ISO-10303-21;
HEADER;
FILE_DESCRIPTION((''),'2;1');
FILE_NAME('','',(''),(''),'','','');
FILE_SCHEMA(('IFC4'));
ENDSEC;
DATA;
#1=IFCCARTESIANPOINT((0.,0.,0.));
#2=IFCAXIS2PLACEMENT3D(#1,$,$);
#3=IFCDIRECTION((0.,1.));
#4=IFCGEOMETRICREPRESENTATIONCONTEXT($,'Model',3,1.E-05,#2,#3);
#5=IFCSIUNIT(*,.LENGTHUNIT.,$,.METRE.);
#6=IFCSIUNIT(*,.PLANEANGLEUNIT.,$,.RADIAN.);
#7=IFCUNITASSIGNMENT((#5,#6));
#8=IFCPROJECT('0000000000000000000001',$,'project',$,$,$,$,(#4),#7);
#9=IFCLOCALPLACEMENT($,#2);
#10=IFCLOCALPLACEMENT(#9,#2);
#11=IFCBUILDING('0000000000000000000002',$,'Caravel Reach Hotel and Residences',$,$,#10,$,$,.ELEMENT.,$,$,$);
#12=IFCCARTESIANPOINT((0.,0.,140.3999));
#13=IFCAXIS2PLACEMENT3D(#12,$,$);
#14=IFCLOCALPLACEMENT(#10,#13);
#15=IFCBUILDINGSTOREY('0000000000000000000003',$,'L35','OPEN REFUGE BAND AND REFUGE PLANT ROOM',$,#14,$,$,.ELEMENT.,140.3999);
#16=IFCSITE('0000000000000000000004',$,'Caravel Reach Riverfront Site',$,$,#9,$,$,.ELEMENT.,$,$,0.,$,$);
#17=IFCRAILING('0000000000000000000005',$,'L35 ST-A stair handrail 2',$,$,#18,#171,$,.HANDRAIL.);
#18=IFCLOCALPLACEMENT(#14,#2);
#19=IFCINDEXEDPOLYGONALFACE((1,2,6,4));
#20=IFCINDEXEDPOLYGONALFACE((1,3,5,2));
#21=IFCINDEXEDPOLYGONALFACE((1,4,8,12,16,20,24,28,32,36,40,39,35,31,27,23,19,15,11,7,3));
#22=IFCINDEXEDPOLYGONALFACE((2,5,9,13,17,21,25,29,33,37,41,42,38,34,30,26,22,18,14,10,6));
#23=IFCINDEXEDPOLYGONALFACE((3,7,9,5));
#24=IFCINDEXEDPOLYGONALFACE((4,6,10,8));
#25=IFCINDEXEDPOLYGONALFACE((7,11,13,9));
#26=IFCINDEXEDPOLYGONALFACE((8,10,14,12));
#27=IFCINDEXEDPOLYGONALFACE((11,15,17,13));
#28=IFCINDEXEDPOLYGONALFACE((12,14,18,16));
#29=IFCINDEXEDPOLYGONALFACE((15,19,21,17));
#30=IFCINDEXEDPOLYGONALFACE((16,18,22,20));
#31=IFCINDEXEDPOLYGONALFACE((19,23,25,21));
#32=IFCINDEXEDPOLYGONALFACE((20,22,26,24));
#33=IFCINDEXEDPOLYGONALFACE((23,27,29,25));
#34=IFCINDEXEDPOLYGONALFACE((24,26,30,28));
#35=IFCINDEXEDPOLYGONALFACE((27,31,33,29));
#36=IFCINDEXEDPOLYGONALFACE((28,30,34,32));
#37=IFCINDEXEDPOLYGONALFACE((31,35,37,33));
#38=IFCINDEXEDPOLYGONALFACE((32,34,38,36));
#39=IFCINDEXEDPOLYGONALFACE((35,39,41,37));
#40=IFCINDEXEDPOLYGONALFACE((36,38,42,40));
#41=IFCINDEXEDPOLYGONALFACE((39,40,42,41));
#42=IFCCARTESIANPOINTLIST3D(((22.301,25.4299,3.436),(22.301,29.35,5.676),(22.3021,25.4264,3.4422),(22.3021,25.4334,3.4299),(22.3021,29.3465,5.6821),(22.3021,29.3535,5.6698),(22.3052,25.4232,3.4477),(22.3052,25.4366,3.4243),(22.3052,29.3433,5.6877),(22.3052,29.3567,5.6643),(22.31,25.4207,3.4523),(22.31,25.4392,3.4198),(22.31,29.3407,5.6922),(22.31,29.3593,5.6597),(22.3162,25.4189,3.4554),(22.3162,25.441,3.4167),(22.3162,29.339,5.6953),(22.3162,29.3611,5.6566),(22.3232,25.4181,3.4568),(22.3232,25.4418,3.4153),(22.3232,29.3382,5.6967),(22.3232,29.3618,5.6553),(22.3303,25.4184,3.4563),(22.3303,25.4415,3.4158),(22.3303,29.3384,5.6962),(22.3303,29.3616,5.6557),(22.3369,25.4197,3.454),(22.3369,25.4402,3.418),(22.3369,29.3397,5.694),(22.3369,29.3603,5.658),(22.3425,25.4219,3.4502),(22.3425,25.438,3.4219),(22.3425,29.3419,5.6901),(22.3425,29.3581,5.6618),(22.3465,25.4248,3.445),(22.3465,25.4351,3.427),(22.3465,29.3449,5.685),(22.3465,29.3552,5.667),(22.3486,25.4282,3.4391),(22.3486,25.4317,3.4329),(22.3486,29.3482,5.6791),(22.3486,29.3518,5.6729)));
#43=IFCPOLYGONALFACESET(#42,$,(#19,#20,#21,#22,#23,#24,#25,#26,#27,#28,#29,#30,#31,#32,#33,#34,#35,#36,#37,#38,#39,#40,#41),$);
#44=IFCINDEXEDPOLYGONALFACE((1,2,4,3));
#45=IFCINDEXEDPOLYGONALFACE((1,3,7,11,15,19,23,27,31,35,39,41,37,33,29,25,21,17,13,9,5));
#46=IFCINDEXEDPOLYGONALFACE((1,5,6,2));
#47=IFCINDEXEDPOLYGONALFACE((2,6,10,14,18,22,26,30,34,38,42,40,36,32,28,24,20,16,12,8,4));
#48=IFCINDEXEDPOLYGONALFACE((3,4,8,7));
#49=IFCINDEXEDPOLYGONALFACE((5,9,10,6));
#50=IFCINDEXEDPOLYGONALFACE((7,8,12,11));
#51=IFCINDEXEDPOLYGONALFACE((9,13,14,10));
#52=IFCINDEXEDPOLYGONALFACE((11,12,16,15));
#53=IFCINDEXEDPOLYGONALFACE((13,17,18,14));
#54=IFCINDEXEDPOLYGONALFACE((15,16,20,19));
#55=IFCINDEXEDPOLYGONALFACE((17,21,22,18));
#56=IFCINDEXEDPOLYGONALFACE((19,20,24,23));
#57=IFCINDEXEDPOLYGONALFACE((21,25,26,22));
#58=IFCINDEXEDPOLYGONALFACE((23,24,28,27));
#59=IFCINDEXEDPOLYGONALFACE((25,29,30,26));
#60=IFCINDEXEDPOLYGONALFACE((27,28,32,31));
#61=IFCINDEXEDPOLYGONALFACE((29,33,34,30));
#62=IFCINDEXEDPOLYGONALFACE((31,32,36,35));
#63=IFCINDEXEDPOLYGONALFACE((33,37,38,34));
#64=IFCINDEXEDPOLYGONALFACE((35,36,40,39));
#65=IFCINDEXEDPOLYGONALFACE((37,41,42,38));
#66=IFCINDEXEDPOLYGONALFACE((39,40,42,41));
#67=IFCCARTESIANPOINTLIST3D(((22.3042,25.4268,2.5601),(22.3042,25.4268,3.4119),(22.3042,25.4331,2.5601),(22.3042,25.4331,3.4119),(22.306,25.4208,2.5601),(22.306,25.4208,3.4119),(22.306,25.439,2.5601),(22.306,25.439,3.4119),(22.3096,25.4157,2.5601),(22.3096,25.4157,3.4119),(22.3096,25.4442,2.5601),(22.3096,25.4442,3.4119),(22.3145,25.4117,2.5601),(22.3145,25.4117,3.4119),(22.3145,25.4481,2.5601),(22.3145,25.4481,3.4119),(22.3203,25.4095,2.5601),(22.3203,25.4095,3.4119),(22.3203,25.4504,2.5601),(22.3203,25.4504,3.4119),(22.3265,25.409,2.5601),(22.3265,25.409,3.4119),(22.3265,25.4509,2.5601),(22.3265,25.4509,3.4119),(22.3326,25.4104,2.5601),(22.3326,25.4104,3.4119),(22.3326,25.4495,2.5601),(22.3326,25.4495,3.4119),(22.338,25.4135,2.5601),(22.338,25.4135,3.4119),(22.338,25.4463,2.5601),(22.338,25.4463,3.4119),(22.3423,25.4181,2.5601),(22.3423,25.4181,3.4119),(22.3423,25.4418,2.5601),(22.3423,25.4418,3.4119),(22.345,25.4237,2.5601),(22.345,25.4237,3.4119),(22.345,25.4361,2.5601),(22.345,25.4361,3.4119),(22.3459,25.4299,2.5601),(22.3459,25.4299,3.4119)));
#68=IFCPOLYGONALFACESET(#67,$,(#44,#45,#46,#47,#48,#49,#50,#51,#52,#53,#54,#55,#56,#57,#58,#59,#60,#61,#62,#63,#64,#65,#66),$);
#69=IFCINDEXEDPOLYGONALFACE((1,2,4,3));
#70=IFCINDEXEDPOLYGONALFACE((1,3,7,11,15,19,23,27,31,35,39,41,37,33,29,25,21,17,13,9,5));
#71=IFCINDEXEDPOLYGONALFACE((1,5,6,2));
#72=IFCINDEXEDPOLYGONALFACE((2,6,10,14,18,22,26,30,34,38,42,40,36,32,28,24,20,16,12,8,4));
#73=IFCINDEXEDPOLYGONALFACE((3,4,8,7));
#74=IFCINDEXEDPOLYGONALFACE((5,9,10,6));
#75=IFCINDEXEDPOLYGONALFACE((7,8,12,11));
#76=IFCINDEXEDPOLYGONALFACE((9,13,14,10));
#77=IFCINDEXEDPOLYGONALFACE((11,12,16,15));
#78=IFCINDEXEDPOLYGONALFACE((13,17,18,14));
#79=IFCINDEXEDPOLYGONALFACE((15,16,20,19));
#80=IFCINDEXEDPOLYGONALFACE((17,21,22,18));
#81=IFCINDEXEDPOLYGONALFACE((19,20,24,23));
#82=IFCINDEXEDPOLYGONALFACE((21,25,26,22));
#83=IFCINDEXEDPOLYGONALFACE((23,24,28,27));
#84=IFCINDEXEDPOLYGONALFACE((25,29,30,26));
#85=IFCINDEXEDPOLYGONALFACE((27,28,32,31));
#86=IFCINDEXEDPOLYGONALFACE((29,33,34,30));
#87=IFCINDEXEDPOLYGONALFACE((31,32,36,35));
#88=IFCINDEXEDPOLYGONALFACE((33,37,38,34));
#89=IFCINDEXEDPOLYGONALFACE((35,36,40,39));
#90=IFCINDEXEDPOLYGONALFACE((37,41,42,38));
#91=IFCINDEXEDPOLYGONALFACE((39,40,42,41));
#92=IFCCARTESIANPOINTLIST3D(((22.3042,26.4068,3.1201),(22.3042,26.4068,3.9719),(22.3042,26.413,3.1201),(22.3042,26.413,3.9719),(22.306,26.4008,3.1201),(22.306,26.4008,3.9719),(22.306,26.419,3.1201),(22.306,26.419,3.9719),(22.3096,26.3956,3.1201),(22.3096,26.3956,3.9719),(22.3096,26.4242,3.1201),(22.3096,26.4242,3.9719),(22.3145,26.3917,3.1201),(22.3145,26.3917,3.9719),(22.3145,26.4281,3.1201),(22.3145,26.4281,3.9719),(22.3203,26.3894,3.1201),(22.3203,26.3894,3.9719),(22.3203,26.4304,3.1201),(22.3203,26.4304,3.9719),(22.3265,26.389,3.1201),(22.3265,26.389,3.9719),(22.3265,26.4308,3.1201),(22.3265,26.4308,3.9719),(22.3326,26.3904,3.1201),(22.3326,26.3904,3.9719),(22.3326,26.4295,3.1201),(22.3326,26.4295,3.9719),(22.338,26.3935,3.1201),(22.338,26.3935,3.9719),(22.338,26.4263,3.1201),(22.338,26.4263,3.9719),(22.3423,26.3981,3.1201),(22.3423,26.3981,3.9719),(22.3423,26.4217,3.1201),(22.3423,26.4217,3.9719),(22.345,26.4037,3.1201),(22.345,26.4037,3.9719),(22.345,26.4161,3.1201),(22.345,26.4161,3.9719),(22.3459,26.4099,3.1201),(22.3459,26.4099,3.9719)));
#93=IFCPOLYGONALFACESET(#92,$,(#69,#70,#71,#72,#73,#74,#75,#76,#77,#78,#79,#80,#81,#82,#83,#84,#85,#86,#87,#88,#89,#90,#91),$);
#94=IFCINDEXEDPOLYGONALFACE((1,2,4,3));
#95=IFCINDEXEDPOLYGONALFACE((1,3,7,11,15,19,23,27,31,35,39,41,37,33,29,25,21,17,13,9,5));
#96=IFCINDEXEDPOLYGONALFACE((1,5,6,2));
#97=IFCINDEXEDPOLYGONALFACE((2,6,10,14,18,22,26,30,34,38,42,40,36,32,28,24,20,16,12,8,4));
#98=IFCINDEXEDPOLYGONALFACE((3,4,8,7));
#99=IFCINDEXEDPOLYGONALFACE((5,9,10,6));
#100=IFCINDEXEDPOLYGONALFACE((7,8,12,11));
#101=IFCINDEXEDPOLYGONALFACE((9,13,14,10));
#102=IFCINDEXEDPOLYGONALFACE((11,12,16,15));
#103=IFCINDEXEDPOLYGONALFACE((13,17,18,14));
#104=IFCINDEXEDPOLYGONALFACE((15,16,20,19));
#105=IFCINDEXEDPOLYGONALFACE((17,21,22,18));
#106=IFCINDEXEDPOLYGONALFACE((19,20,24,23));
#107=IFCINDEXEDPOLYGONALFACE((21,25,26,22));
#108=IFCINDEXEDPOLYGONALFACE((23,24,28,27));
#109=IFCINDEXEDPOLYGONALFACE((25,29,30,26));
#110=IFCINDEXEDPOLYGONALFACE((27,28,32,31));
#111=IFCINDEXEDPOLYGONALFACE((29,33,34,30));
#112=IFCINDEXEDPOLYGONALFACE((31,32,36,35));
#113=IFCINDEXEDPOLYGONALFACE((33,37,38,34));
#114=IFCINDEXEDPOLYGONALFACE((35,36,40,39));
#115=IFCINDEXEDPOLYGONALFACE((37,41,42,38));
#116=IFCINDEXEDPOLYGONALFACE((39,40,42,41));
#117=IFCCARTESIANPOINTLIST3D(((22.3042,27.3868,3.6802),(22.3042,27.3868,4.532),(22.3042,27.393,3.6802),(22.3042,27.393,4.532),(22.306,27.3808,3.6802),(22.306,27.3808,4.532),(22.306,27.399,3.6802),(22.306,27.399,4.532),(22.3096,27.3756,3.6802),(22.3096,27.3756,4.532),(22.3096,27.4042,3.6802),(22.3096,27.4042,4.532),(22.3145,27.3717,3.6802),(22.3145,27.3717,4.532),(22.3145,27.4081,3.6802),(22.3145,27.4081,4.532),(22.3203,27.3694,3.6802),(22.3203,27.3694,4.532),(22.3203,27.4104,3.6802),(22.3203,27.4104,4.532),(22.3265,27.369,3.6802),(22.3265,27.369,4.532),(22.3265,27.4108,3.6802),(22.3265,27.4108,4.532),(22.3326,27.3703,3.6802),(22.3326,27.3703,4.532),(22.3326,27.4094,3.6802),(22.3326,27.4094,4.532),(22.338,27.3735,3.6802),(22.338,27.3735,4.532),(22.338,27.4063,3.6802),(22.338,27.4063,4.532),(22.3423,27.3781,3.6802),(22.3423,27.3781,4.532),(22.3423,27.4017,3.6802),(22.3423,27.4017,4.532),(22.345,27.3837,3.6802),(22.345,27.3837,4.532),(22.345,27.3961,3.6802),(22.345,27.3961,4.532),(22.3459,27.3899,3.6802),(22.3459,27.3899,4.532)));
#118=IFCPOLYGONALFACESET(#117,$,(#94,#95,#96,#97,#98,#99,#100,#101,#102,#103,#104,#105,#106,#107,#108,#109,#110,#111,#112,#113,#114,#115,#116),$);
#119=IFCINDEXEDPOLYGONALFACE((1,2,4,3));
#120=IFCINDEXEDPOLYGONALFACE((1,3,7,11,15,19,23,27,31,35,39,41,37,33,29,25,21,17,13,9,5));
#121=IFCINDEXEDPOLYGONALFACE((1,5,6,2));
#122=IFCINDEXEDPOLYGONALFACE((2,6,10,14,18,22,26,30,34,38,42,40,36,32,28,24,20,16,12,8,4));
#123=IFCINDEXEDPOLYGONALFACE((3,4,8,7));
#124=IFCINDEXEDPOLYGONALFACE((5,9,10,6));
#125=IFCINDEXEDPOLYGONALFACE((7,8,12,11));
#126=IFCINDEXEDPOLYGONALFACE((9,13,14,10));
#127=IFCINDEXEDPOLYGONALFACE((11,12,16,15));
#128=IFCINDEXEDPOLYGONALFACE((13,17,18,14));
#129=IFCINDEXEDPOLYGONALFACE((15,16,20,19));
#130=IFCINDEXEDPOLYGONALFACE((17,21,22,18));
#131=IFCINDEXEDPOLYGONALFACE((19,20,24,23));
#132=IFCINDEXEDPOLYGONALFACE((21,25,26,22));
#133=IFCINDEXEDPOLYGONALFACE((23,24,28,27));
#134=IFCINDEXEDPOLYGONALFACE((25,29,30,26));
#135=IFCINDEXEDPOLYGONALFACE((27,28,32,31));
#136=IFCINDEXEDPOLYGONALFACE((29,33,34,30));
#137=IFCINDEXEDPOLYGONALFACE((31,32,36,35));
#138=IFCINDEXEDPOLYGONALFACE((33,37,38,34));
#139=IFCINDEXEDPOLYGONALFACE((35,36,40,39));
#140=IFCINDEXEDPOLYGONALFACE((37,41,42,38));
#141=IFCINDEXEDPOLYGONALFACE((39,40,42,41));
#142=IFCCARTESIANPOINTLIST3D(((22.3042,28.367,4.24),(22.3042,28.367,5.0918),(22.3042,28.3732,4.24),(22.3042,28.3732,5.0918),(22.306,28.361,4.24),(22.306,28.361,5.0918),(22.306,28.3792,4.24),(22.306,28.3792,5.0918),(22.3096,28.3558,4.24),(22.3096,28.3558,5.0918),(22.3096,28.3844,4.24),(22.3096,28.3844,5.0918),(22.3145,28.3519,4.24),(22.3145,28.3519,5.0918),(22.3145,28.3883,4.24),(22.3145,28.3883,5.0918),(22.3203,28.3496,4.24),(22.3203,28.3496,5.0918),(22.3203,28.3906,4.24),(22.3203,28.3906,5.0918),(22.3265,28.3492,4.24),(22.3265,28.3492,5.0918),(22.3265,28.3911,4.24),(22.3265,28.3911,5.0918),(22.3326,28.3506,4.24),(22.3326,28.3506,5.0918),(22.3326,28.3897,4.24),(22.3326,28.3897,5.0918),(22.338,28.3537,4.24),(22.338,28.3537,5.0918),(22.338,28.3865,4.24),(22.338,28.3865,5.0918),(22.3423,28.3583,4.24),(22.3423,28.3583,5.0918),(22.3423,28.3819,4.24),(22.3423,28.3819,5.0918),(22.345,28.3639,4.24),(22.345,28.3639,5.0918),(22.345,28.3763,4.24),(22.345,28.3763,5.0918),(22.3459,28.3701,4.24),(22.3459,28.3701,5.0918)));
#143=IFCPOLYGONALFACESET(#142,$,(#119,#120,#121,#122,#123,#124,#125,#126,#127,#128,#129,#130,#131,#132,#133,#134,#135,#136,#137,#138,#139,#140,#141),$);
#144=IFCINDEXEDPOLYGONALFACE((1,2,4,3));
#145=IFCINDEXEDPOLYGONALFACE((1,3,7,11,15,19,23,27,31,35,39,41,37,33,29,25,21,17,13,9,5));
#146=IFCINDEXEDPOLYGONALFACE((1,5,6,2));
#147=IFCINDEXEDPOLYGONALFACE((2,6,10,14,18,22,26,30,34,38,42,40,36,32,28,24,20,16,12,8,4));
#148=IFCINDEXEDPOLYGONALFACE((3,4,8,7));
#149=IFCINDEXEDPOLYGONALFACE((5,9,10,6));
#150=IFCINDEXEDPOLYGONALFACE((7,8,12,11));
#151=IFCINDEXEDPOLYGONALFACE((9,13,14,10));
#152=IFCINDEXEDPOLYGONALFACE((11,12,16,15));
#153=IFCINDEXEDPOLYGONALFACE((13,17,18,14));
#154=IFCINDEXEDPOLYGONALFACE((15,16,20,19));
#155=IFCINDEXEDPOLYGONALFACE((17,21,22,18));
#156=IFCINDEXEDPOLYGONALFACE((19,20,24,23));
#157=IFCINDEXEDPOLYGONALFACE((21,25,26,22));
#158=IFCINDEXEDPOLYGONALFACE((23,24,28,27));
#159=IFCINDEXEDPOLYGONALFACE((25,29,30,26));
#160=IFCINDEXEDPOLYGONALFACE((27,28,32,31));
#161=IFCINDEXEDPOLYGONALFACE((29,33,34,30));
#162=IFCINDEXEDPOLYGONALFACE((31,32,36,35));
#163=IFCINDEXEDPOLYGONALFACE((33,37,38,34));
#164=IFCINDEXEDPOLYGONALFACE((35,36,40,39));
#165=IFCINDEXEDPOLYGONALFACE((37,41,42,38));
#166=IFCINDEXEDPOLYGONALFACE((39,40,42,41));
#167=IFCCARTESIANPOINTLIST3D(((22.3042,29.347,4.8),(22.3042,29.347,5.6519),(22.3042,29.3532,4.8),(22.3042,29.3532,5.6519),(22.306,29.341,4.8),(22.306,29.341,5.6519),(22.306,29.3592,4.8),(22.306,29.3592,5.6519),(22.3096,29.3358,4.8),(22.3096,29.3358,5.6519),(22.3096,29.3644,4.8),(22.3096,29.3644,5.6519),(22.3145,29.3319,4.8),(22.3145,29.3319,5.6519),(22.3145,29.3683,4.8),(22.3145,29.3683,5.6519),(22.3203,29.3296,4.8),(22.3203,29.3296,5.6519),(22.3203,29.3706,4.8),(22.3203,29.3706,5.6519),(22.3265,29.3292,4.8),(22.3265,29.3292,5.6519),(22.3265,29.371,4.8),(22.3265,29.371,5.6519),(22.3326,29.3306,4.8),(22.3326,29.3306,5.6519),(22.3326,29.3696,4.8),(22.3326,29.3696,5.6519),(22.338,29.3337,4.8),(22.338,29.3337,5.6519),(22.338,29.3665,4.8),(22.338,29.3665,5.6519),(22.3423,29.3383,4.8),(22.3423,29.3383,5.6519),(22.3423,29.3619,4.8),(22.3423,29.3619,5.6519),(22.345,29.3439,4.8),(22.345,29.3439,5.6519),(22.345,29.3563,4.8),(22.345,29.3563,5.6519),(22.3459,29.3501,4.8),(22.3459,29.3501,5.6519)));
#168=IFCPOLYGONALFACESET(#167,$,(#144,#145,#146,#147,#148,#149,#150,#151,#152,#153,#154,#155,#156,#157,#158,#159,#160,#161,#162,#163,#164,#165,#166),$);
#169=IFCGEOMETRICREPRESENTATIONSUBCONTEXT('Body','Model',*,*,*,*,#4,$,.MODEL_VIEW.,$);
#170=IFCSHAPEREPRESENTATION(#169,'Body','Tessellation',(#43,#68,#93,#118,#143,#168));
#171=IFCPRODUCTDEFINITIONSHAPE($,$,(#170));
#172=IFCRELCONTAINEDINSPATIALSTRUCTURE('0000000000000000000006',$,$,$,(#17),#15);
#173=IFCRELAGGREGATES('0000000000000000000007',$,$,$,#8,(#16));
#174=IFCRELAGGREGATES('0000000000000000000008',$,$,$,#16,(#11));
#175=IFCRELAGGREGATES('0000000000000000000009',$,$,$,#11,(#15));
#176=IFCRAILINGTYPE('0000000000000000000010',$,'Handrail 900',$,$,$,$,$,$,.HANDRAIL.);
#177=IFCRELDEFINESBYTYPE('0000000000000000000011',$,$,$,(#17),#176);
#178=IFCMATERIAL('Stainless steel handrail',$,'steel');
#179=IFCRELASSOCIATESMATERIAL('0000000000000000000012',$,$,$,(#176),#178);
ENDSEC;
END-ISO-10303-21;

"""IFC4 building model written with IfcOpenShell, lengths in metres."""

from ifc_helpers import new_model, si_unit, direction, frame, origin, origin_2d, place, context, subcontext, project, spatial, circle, extrude, material, type_object, element, save


model = new_model("IFC4")

# Units and contexts
model_context = context("Model", 3, precision=1e-05, world=origin(), true_north=direction((0.0, 1.0)))
body_context = subcontext(model_context, "Body", "Model", "MODEL_VIEW")
ifc_project = project(units=[si_unit("LENGTHUNIT", "METRE"), si_unit("PLANEANGLEUNIT", "RADIAN")], contexts=[model_context])

# Site, building, storey
site_placement = place(None, origin())
site = spatial("IfcSite", under=ifc_project, at=site_placement, Name="Caravel Reach Riverfront Site", CompositionType="ELEMENT", RefElevation=0.0)
building_placement = place(site_placement, origin())
building = spatial("IfcBuilding", under=site, at=building_placement, Name="Caravel Reach Hotel and Residences", CompositionType="ELEMENT")
storey_placement = place(building_placement, frame((0.0, 0.0, 140.3999)))
storey = spatial("IfcBuildingStorey", under=building, at=storey_placement, Name="L35", Description="OPEN REFUGE BAND AND REFUGE PLANT ROOM", CompositionType="ELEMENT", Elevation=140.3999)

# Railing
ifc_material_1 = material(Name="Stainless steel handrail", Category="steel")
railing_type_1 = type_object("IfcRailingType", Name="Handrail 900", PredefinedType="HANDRAIL", material=ifc_material_1)
railing_1_placement = place(storey_placement, frame((22.325, 25.4299, 2.5601)))
element("IfcRailing", 1, at=railing_1_placement, inside=storey, type_object=railing_type_1, Name="L35 ST-A stair handrail 2", PredefinedType="HANDRAIL", context=body_context, shape_type="SweptSolid", body=[
    extrude(circle(Radius=0.0239, at=origin_2d()), frame((0.0, 0.0, 0.876), z_axis=(0.0, 0.868253, 0.496121), x_axis=(-1.0, 0.0, 0.0)), (0.0, 0.0, 1.0), 4.5149),
    extrude(circle(Radius=0.021, at=origin_2d()), origin(), (0.0, 0.0, 1.0), 0.8518),
    extrude(circle(Radius=0.021, at=origin_2d()), frame((0.0, 0.98, 0.5601)), (0.0, 0.0, 1.0), 0.8518),
    extrude(circle(Radius=0.021, at=origin_2d()), frame((0.0, 1.96, 1.1201)), (0.0, 0.0, 1.0), 0.8518),
    extrude(circle(Radius=0.021, at=origin_2d()), frame((0.0, 2.9402, 1.6799)), (0.0, 0.0, 1.0), 0.8518),
    extrude(circle(Radius=0.021, at=origin_2d()), frame((0.0, 3.9202, 2.24)), (0.0, 0.0, 1.0), 0.8518),
])

save(model, "model.ifc")
